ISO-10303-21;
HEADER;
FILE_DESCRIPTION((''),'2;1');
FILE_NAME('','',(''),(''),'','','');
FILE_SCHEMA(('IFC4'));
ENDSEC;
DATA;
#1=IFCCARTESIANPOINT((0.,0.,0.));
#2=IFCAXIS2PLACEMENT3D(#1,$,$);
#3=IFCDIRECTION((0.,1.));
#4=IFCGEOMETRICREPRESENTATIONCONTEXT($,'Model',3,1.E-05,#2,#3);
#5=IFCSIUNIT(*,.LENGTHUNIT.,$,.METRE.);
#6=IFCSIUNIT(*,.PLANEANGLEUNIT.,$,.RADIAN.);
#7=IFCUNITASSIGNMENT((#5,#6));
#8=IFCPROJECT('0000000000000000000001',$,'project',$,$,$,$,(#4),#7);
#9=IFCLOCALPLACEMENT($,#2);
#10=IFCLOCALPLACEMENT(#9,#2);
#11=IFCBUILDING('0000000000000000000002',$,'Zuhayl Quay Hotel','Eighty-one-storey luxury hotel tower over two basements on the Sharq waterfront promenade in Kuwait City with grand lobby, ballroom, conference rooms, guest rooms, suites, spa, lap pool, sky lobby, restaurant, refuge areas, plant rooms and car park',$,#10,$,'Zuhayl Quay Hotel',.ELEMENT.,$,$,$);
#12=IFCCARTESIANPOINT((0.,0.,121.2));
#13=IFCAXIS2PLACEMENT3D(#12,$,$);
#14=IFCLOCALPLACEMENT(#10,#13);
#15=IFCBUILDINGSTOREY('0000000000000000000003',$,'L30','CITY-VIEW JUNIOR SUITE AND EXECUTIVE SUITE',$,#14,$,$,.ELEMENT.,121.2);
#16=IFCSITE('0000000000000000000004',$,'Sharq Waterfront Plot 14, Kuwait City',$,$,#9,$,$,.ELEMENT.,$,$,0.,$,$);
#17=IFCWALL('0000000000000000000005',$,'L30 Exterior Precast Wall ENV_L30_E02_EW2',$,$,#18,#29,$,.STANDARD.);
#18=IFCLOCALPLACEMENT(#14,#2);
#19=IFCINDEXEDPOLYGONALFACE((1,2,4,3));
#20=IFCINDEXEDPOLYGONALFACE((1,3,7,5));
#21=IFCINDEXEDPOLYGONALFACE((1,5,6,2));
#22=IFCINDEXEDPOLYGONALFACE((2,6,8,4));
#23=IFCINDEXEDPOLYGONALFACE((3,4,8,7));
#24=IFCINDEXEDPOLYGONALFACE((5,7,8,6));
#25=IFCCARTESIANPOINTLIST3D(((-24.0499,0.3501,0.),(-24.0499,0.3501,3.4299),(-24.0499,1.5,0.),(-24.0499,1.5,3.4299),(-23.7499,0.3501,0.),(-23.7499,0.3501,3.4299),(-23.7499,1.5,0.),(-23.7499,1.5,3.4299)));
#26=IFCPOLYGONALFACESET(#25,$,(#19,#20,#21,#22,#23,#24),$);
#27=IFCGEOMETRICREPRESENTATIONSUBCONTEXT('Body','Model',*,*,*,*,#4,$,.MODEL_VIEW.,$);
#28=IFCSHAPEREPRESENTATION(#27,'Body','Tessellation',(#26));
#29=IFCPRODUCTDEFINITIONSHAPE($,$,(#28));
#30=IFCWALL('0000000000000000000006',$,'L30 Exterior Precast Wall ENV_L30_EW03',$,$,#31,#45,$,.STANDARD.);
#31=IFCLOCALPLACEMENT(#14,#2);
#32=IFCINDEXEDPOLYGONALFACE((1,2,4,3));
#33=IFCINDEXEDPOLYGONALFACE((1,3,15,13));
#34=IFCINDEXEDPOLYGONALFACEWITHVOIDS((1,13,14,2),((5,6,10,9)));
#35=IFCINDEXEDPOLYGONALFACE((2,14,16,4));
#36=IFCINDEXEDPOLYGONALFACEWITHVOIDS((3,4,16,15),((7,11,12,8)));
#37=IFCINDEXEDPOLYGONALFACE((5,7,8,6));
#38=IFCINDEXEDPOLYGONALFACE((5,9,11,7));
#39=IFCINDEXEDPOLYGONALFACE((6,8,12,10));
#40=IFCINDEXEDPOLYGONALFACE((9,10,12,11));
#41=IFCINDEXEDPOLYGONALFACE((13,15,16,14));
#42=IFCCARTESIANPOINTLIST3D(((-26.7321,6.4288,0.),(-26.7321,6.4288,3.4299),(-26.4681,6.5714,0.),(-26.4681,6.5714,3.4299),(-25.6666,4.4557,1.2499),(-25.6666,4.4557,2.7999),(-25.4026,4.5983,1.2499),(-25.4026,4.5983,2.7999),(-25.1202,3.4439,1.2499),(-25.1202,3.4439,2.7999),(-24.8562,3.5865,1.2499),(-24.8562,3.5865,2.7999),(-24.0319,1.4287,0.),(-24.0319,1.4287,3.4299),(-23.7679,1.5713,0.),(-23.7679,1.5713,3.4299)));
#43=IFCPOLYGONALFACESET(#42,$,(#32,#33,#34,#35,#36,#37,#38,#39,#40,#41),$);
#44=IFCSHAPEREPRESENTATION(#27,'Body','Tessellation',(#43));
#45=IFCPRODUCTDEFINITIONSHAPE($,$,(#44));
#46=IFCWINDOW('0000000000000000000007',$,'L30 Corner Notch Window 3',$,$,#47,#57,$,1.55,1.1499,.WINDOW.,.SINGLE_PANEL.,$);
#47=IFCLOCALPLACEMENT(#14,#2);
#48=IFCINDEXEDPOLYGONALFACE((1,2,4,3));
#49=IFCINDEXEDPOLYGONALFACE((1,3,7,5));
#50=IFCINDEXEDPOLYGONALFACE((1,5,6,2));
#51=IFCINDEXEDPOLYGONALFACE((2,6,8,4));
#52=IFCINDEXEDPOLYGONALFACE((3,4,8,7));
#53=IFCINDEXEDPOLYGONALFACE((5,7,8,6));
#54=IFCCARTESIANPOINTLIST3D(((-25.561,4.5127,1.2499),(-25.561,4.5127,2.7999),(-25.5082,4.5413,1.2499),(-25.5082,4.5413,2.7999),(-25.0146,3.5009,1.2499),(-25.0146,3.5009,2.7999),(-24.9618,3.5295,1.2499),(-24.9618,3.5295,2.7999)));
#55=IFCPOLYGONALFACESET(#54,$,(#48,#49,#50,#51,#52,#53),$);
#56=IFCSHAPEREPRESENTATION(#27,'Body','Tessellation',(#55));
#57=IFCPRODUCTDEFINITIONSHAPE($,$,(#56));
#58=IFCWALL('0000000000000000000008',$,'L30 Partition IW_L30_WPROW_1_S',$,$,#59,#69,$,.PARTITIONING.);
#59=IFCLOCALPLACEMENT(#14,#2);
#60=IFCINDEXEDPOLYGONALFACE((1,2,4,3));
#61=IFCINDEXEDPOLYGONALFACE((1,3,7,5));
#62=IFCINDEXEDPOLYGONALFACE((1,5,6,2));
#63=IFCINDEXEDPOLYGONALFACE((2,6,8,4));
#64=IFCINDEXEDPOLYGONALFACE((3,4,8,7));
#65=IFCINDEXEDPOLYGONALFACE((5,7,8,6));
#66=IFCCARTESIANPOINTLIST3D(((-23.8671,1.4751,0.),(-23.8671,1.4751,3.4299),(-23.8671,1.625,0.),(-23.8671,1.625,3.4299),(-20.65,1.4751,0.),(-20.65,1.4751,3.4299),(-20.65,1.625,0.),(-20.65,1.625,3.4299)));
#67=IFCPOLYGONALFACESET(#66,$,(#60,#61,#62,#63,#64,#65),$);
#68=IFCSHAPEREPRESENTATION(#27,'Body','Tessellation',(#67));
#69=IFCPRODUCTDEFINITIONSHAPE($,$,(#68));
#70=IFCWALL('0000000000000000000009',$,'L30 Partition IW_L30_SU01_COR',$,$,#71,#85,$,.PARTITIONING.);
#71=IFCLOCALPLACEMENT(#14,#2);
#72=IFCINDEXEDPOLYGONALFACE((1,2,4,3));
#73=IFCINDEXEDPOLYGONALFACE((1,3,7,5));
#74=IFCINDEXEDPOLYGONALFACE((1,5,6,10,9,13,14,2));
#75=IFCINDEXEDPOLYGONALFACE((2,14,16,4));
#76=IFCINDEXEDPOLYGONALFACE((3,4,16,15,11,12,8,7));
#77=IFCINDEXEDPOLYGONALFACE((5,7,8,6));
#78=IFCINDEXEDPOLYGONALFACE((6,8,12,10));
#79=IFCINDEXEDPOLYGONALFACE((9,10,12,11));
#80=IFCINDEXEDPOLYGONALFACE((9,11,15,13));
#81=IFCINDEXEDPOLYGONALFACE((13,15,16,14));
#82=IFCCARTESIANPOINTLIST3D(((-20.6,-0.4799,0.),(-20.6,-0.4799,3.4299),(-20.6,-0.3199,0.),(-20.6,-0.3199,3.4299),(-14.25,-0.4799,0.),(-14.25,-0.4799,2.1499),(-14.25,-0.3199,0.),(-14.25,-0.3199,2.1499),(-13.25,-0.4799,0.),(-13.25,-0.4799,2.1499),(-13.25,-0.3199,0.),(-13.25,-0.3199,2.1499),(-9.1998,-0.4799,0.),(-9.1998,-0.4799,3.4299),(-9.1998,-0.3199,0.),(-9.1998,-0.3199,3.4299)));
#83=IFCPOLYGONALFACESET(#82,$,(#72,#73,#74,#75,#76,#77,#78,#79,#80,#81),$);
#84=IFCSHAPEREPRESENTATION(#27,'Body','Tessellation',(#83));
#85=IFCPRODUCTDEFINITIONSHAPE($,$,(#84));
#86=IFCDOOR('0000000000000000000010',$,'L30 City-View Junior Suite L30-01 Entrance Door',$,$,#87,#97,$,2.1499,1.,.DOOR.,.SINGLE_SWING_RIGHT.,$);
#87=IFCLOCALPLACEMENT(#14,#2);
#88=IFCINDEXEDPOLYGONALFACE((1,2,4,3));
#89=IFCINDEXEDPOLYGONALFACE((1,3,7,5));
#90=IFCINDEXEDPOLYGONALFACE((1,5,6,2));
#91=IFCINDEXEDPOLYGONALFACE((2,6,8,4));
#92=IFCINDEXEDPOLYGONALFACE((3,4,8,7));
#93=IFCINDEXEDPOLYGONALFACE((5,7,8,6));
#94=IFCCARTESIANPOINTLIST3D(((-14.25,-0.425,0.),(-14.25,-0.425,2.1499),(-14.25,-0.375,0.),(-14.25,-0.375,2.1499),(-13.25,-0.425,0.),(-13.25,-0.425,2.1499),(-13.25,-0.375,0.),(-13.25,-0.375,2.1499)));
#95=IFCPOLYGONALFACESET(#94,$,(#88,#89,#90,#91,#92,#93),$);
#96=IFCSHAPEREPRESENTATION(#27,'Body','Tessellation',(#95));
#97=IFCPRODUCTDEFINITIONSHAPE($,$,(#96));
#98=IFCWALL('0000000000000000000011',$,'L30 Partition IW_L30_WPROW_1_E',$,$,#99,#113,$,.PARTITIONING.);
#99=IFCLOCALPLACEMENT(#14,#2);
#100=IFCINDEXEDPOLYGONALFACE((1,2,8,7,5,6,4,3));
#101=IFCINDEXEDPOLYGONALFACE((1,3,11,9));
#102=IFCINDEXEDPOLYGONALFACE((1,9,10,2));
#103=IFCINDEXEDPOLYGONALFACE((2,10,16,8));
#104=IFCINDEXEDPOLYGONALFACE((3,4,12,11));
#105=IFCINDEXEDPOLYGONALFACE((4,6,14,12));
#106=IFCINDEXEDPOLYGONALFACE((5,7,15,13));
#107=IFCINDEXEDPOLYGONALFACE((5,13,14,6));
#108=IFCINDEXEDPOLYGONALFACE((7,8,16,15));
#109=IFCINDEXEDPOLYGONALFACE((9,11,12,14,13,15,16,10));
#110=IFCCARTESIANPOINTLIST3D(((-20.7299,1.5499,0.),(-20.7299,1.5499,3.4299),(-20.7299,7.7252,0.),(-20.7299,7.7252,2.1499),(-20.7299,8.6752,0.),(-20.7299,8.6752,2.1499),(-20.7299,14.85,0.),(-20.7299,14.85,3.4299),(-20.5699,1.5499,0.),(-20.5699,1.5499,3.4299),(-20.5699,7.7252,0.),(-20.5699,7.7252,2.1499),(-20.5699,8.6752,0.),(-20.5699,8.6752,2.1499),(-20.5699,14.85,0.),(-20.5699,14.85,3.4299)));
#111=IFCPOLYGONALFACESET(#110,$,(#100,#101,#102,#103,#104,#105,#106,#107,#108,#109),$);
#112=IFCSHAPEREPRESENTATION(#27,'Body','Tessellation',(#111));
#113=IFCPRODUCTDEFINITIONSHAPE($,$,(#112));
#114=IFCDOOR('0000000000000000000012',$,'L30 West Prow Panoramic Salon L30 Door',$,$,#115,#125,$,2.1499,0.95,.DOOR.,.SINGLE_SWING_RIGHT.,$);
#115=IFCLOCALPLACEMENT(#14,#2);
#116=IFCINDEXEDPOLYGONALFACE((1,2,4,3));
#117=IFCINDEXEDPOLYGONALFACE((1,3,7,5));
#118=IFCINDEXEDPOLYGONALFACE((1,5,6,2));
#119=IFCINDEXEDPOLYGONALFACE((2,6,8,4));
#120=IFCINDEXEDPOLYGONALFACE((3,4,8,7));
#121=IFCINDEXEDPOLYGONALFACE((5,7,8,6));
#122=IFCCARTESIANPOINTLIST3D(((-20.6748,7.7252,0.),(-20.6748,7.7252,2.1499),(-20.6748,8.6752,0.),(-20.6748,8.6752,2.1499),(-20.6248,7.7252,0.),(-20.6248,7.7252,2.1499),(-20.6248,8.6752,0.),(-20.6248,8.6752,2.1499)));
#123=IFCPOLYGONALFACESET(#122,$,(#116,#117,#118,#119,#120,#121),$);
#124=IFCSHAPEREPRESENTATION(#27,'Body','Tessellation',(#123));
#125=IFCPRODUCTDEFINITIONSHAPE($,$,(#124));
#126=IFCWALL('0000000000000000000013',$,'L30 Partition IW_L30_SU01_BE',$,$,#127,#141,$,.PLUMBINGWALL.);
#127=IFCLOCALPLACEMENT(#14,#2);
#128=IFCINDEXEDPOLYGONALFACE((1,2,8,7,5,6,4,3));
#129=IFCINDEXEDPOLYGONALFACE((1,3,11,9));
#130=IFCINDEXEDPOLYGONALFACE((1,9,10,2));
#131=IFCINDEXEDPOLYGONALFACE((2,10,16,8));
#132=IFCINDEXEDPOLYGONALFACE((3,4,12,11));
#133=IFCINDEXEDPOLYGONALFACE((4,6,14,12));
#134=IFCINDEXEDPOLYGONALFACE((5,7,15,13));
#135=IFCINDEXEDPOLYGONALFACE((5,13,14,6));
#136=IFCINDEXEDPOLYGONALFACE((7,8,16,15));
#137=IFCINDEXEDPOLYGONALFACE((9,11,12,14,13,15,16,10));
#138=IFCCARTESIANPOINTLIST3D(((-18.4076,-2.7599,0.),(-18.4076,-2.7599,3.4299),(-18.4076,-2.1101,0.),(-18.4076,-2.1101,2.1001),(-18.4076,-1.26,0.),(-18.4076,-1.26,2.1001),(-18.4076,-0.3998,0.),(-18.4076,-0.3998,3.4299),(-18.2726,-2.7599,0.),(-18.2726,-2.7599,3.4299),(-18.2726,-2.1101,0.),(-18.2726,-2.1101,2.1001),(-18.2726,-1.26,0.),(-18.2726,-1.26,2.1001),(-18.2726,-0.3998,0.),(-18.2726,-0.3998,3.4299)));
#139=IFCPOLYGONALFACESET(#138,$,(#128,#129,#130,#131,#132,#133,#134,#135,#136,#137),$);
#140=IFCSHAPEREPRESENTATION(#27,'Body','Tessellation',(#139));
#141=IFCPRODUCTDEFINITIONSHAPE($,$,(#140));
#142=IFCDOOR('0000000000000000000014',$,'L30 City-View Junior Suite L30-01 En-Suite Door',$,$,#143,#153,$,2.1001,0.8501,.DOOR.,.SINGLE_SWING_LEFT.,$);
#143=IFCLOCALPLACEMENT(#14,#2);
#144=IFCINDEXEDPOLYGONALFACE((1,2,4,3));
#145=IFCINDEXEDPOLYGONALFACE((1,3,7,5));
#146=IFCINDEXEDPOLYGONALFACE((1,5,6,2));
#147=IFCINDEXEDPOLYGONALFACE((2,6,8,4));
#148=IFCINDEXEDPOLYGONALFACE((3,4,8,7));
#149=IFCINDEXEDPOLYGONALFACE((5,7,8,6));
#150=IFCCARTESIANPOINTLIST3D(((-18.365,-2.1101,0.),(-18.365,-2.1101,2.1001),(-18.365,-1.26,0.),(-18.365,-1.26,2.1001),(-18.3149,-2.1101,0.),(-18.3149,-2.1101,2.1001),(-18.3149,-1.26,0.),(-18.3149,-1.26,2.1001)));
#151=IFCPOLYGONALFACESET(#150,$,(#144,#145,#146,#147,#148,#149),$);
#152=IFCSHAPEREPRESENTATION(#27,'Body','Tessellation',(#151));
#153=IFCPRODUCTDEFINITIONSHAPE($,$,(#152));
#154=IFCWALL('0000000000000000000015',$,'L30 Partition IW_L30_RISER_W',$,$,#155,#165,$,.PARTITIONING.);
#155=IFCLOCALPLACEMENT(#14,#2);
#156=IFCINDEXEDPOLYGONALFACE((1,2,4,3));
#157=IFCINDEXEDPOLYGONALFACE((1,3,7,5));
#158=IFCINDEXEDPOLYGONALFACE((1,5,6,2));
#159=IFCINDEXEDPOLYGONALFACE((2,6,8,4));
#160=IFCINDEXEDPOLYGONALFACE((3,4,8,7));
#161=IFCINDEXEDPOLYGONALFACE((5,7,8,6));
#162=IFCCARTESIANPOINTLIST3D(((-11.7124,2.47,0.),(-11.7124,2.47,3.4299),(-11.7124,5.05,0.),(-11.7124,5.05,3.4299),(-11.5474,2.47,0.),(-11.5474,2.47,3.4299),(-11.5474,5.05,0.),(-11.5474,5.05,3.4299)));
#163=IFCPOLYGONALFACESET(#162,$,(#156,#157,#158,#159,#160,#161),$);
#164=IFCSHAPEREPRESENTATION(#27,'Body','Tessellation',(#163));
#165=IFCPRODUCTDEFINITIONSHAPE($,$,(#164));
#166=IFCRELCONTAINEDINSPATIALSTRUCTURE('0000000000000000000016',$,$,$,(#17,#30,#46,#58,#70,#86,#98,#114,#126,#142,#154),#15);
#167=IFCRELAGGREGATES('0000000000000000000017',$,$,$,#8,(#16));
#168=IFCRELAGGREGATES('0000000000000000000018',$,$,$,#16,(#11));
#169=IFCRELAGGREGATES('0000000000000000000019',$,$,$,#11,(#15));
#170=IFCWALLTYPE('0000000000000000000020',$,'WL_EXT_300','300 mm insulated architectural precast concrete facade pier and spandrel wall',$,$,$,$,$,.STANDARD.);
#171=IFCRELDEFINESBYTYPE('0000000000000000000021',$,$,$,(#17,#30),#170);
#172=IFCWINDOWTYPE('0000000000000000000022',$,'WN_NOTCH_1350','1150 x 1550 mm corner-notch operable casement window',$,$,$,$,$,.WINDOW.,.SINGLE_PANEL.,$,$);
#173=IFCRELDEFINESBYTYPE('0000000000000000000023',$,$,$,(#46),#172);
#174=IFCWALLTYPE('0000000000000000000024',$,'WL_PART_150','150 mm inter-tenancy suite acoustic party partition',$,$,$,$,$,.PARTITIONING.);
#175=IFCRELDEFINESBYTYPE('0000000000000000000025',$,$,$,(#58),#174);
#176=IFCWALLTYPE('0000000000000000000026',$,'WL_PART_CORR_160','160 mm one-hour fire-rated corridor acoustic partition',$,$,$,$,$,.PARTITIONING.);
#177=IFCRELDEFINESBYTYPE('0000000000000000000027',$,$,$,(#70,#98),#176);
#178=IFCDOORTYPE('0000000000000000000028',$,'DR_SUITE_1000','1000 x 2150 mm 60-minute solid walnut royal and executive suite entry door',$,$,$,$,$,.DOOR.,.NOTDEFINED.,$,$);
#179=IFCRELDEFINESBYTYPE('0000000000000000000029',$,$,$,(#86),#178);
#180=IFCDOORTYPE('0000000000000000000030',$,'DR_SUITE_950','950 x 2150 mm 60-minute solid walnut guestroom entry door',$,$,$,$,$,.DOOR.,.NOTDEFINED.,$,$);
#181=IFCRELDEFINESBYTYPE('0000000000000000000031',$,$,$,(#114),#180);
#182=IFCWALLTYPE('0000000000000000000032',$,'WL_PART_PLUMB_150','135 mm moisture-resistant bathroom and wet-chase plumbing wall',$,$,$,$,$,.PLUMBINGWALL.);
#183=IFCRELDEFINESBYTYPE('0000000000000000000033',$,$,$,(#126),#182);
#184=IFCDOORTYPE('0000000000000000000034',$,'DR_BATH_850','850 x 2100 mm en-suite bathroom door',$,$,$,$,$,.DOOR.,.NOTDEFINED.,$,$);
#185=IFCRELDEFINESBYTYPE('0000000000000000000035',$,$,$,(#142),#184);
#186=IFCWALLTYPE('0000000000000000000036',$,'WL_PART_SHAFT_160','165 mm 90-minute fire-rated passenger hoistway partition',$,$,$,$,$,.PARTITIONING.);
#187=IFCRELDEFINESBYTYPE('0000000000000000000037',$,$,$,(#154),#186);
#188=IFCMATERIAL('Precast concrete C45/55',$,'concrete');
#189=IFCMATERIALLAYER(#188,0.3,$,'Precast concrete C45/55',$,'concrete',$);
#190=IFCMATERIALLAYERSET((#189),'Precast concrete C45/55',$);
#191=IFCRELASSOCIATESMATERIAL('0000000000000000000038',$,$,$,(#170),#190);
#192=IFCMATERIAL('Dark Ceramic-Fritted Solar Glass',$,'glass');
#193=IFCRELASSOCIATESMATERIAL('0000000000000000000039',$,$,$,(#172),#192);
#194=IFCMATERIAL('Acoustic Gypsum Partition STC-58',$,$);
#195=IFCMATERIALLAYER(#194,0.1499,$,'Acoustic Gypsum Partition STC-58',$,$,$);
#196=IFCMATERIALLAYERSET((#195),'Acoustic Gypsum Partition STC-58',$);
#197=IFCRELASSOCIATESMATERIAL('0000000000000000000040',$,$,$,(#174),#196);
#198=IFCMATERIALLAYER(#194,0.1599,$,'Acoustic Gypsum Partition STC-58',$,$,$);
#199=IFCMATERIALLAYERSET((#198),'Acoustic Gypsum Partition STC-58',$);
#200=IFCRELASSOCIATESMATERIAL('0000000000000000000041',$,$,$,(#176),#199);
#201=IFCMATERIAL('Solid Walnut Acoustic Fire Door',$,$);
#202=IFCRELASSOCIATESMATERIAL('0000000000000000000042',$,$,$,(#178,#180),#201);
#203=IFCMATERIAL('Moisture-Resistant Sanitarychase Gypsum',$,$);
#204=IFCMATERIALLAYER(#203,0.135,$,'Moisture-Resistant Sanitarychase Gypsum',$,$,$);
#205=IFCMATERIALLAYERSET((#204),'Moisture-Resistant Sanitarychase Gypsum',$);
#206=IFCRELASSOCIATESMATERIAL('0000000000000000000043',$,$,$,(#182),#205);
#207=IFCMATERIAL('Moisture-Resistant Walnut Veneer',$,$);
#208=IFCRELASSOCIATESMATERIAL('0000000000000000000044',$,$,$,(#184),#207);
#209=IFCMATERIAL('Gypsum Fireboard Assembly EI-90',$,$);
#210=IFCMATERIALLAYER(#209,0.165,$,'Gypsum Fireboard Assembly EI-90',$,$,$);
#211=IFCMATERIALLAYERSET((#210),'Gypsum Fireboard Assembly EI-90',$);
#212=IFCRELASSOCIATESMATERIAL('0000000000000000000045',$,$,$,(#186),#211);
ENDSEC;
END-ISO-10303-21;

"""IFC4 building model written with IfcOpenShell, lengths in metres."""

from ifc_helpers import new_model, si_unit, direction, frame, frame_2d, origin, place, context, subcontext, project, spatial, rectangle, extrude, material, layer, layer_set, type_object, element, fill, save


model = new_model("IFC4")

# Units and contexts
model_context = context("Model", 3, precision=1e-05, world=origin(), true_north=direction((0.0, 1.0)))
body_context = subcontext(model_context, "Body", "Model", "MODEL_VIEW")
ifc_project = project(units=[si_unit("LENGTHUNIT", "METRE"), si_unit("PLANEANGLEUNIT", "RADIAN")], contexts=[model_context])

# Site, building, storey
site_placement = place(None, origin())
site = spatial("IfcSite", under=ifc_project, at=site_placement, Name="Sharq Waterfront Plot 14, Kuwait City", CompositionType="ELEMENT", RefElevation=0.0)
building_placement = place(site_placement, origin())
building = spatial("IfcBuilding", under=site, at=building_placement, Name="Zuhayl Quay Hotel", Description="Eighty-one-storey luxury hotel tower over two basements on the Sharq waterfront promenade in Kuwait City with grand lobby, ballroom, conference rooms, guest rooms, suites, spa, lap pool, sky lobby, restaurant, refuge areas, plant rooms and car park", LongName="Zuhayl Quay Hotel", CompositionType="ELEMENT")
storey_placement = place(building_placement, frame((0.0, 0.0, 121.2)))
storey = spatial("IfcBuildingStorey", under=building, at=storey_placement, Name="L30", Description="CITY-VIEW JUNIOR SUITE AND EXECUTIVE SUITE", CompositionType="ELEMENT", Elevation=121.2)

# Wall
ifc_material_1 = material(Name="Precast concrete C45/55", Category="concrete")
ifc_layer_1 = layer(ifc_material_1, 0.3, Name="Precast concrete C45/55", Category="concrete")
ifc_layer_set_1 = layer_set([ifc_layer_1], Name="Precast concrete C45/55")
wall_type_1 = type_object("IfcWallType", Name="WL_EXT_300", Description="300 mm insulated architectural precast concrete facade pier and spandrel wall", PredefinedType="STANDARD", material=ifc_layer_set_1)
wall_1_placement = place(storey_placement, frame((-23.8999, 0.3501, 0.0), z_axis=(0.0, 0.0, 1.0), x_axis=(0.0, 1.0, 0.0)))
element("IfcWall", 1, at=wall_1_placement, inside=storey, type_object=wall_type_1, Name="L30 Exterior Precast Wall ENV_L30_E02_EW2", PredefinedType="STANDARD", context=body_context, shape_type="SweptSolid", body=[
    extrude(rectangle(XDim=1.1499, YDim=0.3, at=frame_2d((0.575, 0.0))), origin(), (0.0, 0.0, 1.0), 3.4299),
])

# Wall, opening, window
wall_2_placement = place(storey_placement, frame((-23.8999, 1.5, 0.0), z_axis=(0.0, 0.0, 1.0), x_axis=(-0.475176, 0.879891, 0.0)))
wall_2 = element("IfcWall", 2, at=wall_2_placement, inside=storey, type_object=wall_type_1, Name="L30 Exterior Precast Wall ENV_L30_EW03", PredefinedType="STANDARD", context=body_context, shape_type="SweptSolid", body=[
    extrude(rectangle(XDim=5.6826, YDim=0.3, at=frame_2d((2.8413, 0.0))), origin(), (0.0, 0.0, 1.0), 3.4299),
])
opening_1_placement = place(wall_2_placement, frame((2.2903, 0.0, 1.25)))
opening_1 = element("IfcOpeningElement", 3, at=opening_1_placement, cuts=wall_2, PredefinedType="OPENING", context=body_context, shape_type="SweptSolid", body=[
    extrude(rectangle(XDim=1.1499, YDim=1.55, at=frame_2d((0.575, 0.7749))), frame((0.0, 0.1599, 0.0), z_axis=(0.0, -1.0, 0.0), x_axis=(1.0, 0.0, 0.0)), (0.0, 0.0, 1.0), 0.3201),
])
ifc_material_2 = material(Name="Dark Ceramic-Fritted Solar Glass", Category="glass")
window_type = type_object("IfcWindowType", Name="WN_NOTCH_1350", Description="1150 x 1550 mm corner-notch operable casement window", PartitioningType="SINGLE_PANEL", PredefinedType="WINDOW", material=ifc_material_2)
window_placement = place(opening_1_placement, origin())
window = element("IfcWindow", 4, at=window_placement, inside=storey, type_object=window_type, Name="L30 Corner Notch Window 3", OverallHeight=1.55, OverallWidth=1.1499, PartitioningType="SINGLE_PANEL", PredefinedType="WINDOW", context=body_context, shape_type="SweptSolid", body=[
    extrude(rectangle(XDim=1.1499, YDim=1.55, at=frame_2d((0.575, 0.7749))), frame((0.0, 0.03, 0.0), z_axis=(0.0, -1.0, 0.0), x_axis=(1.0, 0.0, 0.0)), (0.0, 0.0, 1.0), 0.0601),
])
fill(opening_1, window)

# Wall
ifc_material_3 = material(Name="Acoustic Gypsum Partition STC-58")
ifc_layer_2 = layer(ifc_material_3, 0.1499, Name="Acoustic Gypsum Partition STC-58")
ifc_layer_set_2 = layer_set([ifc_layer_2], Name="Acoustic Gypsum Partition STC-58")
wall_type_2 = type_object("IfcWallType", Name="WL_PART_150", Description="150 mm inter-tenancy suite acoustic party partition", PredefinedType="PARTITIONING", material=ifc_layer_set_2)
wall_3_placement = place(storey_placement, frame((-23.8669, 1.55, 0.0), z_axis=(0.0, 0.0, 1.0), x_axis=(1.0, 0.0, 0.0)))
element("IfcWall", 5, at=wall_3_placement, inside=storey, type_object=wall_type_2, Name="L30 Partition IW_L30_WPROW_1_S", PredefinedType="PARTITIONING", context=body_context, shape_type="SweptSolid", body=[
    extrude(rectangle(XDim=3.217, YDim=0.1499, at=frame_2d((1.6084, 0.0))), origin(), (0.0, 0.0, 1.0), 3.4299),
])

# Walls, openings, doors
ifc_layer_3 = layer(ifc_material_3, 0.1599, Name="Acoustic Gypsum Partition STC-58")
ifc_layer_set_3 = layer_set([ifc_layer_3], Name="Acoustic Gypsum Partition STC-58")
wall_type_3 = type_object("IfcWallType", Name="WL_PART_CORR_160", Description="160 mm one-hour fire-rated corridor acoustic partition", PredefinedType="PARTITIONING", material=ifc_layer_set_3)
wall_4_placement = place(storey_placement, frame((-20.6001, -0.3999, 0.0), z_axis=(0.0, 0.0, 1.0), x_axis=(1.0, 0.0, 0.0)))
wall_4 = element("IfcWall", 6, at=wall_4_placement, inside=storey, type_object=wall_type_3, Name="L30 Partition IW_L30_SU01_COR", PredefinedType="PARTITIONING", context=body_context, shape_type="SweptSolid", body=[
    extrude(rectangle(XDim=11.4001, YDim=0.1599, at=frame_2d((5.7002, 0.0))), origin(), (0.0, 0.0, 1.0), 3.4299),
])
opening_2_placement = place(wall_4_placement, frame((6.3501, 0.0, 0.0)))
opening_2 = element("IfcOpeningElement", 7, at=opening_2_placement, cuts=wall_4, PredefinedType="OPENING", context=body_context, shape_type="SweptSolid", body=[
    extrude(rectangle(XDim=1.0, YDim=2.1499, at=frame_2d((0.5, 1.075))), frame((0.0, 0.0898, 0.0), z_axis=(0.0, -1.0, 0.0), x_axis=(1.0, 0.0, 0.0)), (0.0, 0.0, 1.0), 0.1799),
])
ifc_material_4 = material(Name="Solid Walnut Acoustic Fire Door")
door_type_1 = type_object("IfcDoorType", Name="DR_SUITE_1000", Description="1000 x 2150 mm 60-minute solid walnut royal and executive suite entry door", OperationType="NOTDEFINED", PredefinedType="DOOR", material=ifc_material_4)
door_1_placement = place(opening_2_placement, origin())
door_1 = element("IfcDoor", 8, at=door_1_placement, inside=storey, type_object=door_type_1, Name="L30 City-View Junior Suite L30-01 Entrance Door", OperationType="SINGLE_SWING_RIGHT", OverallHeight=2.1499, OverallWidth=1.0, PredefinedType="DOOR", context=body_context, shape_type="SweptSolid", body=[
    extrude(rectangle(XDim=1.0, YDim=2.1499, at=frame_2d((0.5, 1.075))), frame((0.0, 0.0249, 0.0), z_axis=(0.0, -1.0, 0.0), x_axis=(1.0, 0.0, 0.0)), (0.0, 0.0, 1.0), 0.05),
])
fill(opening_2, door_1)
wall_5_placement = place(storey_placement, frame((-20.6499, 1.55, 0.0), z_axis=(0.0, 0.0, 1.0), x_axis=(0.0, 1.0, 0.0)))
wall_5 = element("IfcWall", 9, at=wall_5_placement, inside=storey, type_object=wall_type_3, Name="L30 Partition IW_L30_WPROW_1_E", PredefinedType="PARTITIONING", context=body_context, shape_type="SweptSolid", body=[
    extrude(rectangle(XDim=13.3, YDim=0.1599, at=frame_2d((6.6499, 0.0))), origin(), (0.0, 0.0, 1.0), 3.4299),
])
opening_3_placement = place(wall_5_placement, frame((6.175, 0.0, 0.0)))
opening_3 = element("IfcOpeningElement", 10, at=opening_3_placement, cuts=wall_5, PredefinedType="OPENING", context=body_context, shape_type="SweptSolid", body=[
    extrude(rectangle(XDim=0.95, YDim=2.1499, at=frame_2d((0.4751, 1.075))), frame((0.0, 0.0898, 0.0), z_axis=(0.0, -1.0, 0.0), x_axis=(1.0, 0.0, 0.0)), (0.0, 0.0, 1.0), 0.1799),
])
door_type_2 = type_object("IfcDoorType", Name="DR_SUITE_950", Description="950 x 2150 mm 60-minute solid walnut guestroom entry door", OperationType="NOTDEFINED", PredefinedType="DOOR", material=ifc_material_4)
door_2_placement = place(opening_3_placement, origin())
door_2 = element("IfcDoor", 11, at=door_2_placement, inside=storey, type_object=door_type_2, Name="L30 West Prow Panoramic Salon L30 Door", OperationType="SINGLE_SWING_RIGHT", OverallHeight=2.1499, OverallWidth=0.95, PredefinedType="DOOR", context=body_context, shape_type="SweptSolid", body=[
    extrude(rectangle(XDim=0.95, YDim=2.1499, at=frame_2d((0.4751, 1.075))), frame((0.0, 0.0249, 0.0), z_axis=(0.0, -1.0, 0.0), x_axis=(1.0, 0.0, 0.0)), (0.0, 0.0, 1.0), 0.05),
])
fill(opening_3, door_2)
ifc_material_5 = material(Name="Moisture-Resistant Sanitarychase Gypsum")
ifc_layer_4 = layer(ifc_material_5, 0.135, Name="Moisture-Resistant Sanitarychase Gypsum")
ifc_layer_set_4 = layer_set([ifc_layer_4], Name="Moisture-Resistant Sanitarychase Gypsum")
wall_type_4 = type_object("IfcWallType", Name="WL_PART_PLUMB_150", Description="135 mm moisture-resistant bathroom and wet-chase plumbing wall", PredefinedType="PLUMBINGWALL", material=ifc_layer_set_4)
wall_6_placement = place(storey_placement, frame((-18.3401, -2.76, 0.0), z_axis=(0.0, 0.0, 1.0), x_axis=(0.0, 1.0, 0.0)))
wall_6 = element("IfcWall", 12, at=wall_6_placement, inside=storey, type_object=wall_type_4, Name="L30 Partition IW_L30_SU01_BE", PredefinedType="PLUMBINGWALL", context=body_context, shape_type="SweptSolid", body=[
    extrude(rectangle(XDim=2.3601, YDim=0.135, at=frame_2d((1.1802, 0.0))), origin(), (0.0, 0.0, 1.0), 3.4299),
])
opening_4_placement = place(wall_6_placement, frame((0.6499, 0.0, 0.0)))
opening_4 = element("IfcOpeningElement", 13, at=opening_4_placement, cuts=wall_6, PredefinedType="OPENING", context=body_context, shape_type="SweptSolid", body=[
    extrude(rectangle(XDim=0.8501, YDim=2.1001, at=frame_2d((0.425, 1.05))), frame((0.0, 0.0774, 0.0), z_axis=(0.0, -1.0, 0.0), x_axis=(1.0, 0.0, 0.0)), (0.0, 0.0, 1.0), 0.155),
])
ifc_material_6 = material(Name="Moisture-Resistant Walnut Veneer")
door_type_3 = type_object("IfcDoorType", Name="DR_BATH_850", Description="850 x 2100 mm en-suite bathroom door", OperationType="NOTDEFINED", PredefinedType="DOOR", material=ifc_material_6)
door_3_placement = place(opening_4_placement, origin())
door_3 = element("IfcDoor", 14, at=door_3_placement, inside=storey, type_object=door_type_3, Name="L30 City-View Junior Suite L30-01 En-Suite Door", OperationType="SINGLE_SWING_LEFT", OverallHeight=2.1001, OverallWidth=0.8501, PredefinedType="DOOR", context=body_context, shape_type="SweptSolid", body=[
    extrude(rectangle(XDim=0.8501, YDim=2.1001, at=frame_2d((0.425, 1.05))), frame((0.0, 0.0249, 0.0), z_axis=(0.0, -1.0, 0.0), x_axis=(1.0, 0.0, 0.0)), (0.0, 0.0, 1.0), 0.05),
])
fill(opening_4, door_3)

# Wall
ifc_material_7 = material(Name="Gypsum Fireboard Assembly EI-90")
ifc_layer_5 = layer(ifc_material_7, 0.165, Name="Gypsum Fireboard Assembly EI-90")
ifc_layer_set_5 = layer_set([ifc_layer_5], Name="Gypsum Fireboard Assembly EI-90")
wall_type_5 = type_object("IfcWallType", Name="WL_PART_SHAFT_160", Description="165 mm 90-minute fire-rated passenger hoistway partition", PredefinedType="PARTITIONING", material=ifc_layer_set_5)
wall_7_placement = place(storey_placement, frame((-11.6299, 2.47, 0.0), z_axis=(0.0, 0.0, 1.0), x_axis=(0.0, 1.0, 0.0)))
element("IfcWall", 15, at=wall_7_placement, inside=storey, type_object=wall_type_5, Name="L30 Partition IW_L30_RISER_W", PredefinedType="PARTITIONING", context=body_context, shape_type="SweptSolid", body=[
    extrude(rectangle(XDim=2.5801, YDim=0.165, at=frame_2d((1.29, 0.0))), origin(), (0.0, 0.0, 1.0), 3.4299),
])

save(model, "model.ifc")
